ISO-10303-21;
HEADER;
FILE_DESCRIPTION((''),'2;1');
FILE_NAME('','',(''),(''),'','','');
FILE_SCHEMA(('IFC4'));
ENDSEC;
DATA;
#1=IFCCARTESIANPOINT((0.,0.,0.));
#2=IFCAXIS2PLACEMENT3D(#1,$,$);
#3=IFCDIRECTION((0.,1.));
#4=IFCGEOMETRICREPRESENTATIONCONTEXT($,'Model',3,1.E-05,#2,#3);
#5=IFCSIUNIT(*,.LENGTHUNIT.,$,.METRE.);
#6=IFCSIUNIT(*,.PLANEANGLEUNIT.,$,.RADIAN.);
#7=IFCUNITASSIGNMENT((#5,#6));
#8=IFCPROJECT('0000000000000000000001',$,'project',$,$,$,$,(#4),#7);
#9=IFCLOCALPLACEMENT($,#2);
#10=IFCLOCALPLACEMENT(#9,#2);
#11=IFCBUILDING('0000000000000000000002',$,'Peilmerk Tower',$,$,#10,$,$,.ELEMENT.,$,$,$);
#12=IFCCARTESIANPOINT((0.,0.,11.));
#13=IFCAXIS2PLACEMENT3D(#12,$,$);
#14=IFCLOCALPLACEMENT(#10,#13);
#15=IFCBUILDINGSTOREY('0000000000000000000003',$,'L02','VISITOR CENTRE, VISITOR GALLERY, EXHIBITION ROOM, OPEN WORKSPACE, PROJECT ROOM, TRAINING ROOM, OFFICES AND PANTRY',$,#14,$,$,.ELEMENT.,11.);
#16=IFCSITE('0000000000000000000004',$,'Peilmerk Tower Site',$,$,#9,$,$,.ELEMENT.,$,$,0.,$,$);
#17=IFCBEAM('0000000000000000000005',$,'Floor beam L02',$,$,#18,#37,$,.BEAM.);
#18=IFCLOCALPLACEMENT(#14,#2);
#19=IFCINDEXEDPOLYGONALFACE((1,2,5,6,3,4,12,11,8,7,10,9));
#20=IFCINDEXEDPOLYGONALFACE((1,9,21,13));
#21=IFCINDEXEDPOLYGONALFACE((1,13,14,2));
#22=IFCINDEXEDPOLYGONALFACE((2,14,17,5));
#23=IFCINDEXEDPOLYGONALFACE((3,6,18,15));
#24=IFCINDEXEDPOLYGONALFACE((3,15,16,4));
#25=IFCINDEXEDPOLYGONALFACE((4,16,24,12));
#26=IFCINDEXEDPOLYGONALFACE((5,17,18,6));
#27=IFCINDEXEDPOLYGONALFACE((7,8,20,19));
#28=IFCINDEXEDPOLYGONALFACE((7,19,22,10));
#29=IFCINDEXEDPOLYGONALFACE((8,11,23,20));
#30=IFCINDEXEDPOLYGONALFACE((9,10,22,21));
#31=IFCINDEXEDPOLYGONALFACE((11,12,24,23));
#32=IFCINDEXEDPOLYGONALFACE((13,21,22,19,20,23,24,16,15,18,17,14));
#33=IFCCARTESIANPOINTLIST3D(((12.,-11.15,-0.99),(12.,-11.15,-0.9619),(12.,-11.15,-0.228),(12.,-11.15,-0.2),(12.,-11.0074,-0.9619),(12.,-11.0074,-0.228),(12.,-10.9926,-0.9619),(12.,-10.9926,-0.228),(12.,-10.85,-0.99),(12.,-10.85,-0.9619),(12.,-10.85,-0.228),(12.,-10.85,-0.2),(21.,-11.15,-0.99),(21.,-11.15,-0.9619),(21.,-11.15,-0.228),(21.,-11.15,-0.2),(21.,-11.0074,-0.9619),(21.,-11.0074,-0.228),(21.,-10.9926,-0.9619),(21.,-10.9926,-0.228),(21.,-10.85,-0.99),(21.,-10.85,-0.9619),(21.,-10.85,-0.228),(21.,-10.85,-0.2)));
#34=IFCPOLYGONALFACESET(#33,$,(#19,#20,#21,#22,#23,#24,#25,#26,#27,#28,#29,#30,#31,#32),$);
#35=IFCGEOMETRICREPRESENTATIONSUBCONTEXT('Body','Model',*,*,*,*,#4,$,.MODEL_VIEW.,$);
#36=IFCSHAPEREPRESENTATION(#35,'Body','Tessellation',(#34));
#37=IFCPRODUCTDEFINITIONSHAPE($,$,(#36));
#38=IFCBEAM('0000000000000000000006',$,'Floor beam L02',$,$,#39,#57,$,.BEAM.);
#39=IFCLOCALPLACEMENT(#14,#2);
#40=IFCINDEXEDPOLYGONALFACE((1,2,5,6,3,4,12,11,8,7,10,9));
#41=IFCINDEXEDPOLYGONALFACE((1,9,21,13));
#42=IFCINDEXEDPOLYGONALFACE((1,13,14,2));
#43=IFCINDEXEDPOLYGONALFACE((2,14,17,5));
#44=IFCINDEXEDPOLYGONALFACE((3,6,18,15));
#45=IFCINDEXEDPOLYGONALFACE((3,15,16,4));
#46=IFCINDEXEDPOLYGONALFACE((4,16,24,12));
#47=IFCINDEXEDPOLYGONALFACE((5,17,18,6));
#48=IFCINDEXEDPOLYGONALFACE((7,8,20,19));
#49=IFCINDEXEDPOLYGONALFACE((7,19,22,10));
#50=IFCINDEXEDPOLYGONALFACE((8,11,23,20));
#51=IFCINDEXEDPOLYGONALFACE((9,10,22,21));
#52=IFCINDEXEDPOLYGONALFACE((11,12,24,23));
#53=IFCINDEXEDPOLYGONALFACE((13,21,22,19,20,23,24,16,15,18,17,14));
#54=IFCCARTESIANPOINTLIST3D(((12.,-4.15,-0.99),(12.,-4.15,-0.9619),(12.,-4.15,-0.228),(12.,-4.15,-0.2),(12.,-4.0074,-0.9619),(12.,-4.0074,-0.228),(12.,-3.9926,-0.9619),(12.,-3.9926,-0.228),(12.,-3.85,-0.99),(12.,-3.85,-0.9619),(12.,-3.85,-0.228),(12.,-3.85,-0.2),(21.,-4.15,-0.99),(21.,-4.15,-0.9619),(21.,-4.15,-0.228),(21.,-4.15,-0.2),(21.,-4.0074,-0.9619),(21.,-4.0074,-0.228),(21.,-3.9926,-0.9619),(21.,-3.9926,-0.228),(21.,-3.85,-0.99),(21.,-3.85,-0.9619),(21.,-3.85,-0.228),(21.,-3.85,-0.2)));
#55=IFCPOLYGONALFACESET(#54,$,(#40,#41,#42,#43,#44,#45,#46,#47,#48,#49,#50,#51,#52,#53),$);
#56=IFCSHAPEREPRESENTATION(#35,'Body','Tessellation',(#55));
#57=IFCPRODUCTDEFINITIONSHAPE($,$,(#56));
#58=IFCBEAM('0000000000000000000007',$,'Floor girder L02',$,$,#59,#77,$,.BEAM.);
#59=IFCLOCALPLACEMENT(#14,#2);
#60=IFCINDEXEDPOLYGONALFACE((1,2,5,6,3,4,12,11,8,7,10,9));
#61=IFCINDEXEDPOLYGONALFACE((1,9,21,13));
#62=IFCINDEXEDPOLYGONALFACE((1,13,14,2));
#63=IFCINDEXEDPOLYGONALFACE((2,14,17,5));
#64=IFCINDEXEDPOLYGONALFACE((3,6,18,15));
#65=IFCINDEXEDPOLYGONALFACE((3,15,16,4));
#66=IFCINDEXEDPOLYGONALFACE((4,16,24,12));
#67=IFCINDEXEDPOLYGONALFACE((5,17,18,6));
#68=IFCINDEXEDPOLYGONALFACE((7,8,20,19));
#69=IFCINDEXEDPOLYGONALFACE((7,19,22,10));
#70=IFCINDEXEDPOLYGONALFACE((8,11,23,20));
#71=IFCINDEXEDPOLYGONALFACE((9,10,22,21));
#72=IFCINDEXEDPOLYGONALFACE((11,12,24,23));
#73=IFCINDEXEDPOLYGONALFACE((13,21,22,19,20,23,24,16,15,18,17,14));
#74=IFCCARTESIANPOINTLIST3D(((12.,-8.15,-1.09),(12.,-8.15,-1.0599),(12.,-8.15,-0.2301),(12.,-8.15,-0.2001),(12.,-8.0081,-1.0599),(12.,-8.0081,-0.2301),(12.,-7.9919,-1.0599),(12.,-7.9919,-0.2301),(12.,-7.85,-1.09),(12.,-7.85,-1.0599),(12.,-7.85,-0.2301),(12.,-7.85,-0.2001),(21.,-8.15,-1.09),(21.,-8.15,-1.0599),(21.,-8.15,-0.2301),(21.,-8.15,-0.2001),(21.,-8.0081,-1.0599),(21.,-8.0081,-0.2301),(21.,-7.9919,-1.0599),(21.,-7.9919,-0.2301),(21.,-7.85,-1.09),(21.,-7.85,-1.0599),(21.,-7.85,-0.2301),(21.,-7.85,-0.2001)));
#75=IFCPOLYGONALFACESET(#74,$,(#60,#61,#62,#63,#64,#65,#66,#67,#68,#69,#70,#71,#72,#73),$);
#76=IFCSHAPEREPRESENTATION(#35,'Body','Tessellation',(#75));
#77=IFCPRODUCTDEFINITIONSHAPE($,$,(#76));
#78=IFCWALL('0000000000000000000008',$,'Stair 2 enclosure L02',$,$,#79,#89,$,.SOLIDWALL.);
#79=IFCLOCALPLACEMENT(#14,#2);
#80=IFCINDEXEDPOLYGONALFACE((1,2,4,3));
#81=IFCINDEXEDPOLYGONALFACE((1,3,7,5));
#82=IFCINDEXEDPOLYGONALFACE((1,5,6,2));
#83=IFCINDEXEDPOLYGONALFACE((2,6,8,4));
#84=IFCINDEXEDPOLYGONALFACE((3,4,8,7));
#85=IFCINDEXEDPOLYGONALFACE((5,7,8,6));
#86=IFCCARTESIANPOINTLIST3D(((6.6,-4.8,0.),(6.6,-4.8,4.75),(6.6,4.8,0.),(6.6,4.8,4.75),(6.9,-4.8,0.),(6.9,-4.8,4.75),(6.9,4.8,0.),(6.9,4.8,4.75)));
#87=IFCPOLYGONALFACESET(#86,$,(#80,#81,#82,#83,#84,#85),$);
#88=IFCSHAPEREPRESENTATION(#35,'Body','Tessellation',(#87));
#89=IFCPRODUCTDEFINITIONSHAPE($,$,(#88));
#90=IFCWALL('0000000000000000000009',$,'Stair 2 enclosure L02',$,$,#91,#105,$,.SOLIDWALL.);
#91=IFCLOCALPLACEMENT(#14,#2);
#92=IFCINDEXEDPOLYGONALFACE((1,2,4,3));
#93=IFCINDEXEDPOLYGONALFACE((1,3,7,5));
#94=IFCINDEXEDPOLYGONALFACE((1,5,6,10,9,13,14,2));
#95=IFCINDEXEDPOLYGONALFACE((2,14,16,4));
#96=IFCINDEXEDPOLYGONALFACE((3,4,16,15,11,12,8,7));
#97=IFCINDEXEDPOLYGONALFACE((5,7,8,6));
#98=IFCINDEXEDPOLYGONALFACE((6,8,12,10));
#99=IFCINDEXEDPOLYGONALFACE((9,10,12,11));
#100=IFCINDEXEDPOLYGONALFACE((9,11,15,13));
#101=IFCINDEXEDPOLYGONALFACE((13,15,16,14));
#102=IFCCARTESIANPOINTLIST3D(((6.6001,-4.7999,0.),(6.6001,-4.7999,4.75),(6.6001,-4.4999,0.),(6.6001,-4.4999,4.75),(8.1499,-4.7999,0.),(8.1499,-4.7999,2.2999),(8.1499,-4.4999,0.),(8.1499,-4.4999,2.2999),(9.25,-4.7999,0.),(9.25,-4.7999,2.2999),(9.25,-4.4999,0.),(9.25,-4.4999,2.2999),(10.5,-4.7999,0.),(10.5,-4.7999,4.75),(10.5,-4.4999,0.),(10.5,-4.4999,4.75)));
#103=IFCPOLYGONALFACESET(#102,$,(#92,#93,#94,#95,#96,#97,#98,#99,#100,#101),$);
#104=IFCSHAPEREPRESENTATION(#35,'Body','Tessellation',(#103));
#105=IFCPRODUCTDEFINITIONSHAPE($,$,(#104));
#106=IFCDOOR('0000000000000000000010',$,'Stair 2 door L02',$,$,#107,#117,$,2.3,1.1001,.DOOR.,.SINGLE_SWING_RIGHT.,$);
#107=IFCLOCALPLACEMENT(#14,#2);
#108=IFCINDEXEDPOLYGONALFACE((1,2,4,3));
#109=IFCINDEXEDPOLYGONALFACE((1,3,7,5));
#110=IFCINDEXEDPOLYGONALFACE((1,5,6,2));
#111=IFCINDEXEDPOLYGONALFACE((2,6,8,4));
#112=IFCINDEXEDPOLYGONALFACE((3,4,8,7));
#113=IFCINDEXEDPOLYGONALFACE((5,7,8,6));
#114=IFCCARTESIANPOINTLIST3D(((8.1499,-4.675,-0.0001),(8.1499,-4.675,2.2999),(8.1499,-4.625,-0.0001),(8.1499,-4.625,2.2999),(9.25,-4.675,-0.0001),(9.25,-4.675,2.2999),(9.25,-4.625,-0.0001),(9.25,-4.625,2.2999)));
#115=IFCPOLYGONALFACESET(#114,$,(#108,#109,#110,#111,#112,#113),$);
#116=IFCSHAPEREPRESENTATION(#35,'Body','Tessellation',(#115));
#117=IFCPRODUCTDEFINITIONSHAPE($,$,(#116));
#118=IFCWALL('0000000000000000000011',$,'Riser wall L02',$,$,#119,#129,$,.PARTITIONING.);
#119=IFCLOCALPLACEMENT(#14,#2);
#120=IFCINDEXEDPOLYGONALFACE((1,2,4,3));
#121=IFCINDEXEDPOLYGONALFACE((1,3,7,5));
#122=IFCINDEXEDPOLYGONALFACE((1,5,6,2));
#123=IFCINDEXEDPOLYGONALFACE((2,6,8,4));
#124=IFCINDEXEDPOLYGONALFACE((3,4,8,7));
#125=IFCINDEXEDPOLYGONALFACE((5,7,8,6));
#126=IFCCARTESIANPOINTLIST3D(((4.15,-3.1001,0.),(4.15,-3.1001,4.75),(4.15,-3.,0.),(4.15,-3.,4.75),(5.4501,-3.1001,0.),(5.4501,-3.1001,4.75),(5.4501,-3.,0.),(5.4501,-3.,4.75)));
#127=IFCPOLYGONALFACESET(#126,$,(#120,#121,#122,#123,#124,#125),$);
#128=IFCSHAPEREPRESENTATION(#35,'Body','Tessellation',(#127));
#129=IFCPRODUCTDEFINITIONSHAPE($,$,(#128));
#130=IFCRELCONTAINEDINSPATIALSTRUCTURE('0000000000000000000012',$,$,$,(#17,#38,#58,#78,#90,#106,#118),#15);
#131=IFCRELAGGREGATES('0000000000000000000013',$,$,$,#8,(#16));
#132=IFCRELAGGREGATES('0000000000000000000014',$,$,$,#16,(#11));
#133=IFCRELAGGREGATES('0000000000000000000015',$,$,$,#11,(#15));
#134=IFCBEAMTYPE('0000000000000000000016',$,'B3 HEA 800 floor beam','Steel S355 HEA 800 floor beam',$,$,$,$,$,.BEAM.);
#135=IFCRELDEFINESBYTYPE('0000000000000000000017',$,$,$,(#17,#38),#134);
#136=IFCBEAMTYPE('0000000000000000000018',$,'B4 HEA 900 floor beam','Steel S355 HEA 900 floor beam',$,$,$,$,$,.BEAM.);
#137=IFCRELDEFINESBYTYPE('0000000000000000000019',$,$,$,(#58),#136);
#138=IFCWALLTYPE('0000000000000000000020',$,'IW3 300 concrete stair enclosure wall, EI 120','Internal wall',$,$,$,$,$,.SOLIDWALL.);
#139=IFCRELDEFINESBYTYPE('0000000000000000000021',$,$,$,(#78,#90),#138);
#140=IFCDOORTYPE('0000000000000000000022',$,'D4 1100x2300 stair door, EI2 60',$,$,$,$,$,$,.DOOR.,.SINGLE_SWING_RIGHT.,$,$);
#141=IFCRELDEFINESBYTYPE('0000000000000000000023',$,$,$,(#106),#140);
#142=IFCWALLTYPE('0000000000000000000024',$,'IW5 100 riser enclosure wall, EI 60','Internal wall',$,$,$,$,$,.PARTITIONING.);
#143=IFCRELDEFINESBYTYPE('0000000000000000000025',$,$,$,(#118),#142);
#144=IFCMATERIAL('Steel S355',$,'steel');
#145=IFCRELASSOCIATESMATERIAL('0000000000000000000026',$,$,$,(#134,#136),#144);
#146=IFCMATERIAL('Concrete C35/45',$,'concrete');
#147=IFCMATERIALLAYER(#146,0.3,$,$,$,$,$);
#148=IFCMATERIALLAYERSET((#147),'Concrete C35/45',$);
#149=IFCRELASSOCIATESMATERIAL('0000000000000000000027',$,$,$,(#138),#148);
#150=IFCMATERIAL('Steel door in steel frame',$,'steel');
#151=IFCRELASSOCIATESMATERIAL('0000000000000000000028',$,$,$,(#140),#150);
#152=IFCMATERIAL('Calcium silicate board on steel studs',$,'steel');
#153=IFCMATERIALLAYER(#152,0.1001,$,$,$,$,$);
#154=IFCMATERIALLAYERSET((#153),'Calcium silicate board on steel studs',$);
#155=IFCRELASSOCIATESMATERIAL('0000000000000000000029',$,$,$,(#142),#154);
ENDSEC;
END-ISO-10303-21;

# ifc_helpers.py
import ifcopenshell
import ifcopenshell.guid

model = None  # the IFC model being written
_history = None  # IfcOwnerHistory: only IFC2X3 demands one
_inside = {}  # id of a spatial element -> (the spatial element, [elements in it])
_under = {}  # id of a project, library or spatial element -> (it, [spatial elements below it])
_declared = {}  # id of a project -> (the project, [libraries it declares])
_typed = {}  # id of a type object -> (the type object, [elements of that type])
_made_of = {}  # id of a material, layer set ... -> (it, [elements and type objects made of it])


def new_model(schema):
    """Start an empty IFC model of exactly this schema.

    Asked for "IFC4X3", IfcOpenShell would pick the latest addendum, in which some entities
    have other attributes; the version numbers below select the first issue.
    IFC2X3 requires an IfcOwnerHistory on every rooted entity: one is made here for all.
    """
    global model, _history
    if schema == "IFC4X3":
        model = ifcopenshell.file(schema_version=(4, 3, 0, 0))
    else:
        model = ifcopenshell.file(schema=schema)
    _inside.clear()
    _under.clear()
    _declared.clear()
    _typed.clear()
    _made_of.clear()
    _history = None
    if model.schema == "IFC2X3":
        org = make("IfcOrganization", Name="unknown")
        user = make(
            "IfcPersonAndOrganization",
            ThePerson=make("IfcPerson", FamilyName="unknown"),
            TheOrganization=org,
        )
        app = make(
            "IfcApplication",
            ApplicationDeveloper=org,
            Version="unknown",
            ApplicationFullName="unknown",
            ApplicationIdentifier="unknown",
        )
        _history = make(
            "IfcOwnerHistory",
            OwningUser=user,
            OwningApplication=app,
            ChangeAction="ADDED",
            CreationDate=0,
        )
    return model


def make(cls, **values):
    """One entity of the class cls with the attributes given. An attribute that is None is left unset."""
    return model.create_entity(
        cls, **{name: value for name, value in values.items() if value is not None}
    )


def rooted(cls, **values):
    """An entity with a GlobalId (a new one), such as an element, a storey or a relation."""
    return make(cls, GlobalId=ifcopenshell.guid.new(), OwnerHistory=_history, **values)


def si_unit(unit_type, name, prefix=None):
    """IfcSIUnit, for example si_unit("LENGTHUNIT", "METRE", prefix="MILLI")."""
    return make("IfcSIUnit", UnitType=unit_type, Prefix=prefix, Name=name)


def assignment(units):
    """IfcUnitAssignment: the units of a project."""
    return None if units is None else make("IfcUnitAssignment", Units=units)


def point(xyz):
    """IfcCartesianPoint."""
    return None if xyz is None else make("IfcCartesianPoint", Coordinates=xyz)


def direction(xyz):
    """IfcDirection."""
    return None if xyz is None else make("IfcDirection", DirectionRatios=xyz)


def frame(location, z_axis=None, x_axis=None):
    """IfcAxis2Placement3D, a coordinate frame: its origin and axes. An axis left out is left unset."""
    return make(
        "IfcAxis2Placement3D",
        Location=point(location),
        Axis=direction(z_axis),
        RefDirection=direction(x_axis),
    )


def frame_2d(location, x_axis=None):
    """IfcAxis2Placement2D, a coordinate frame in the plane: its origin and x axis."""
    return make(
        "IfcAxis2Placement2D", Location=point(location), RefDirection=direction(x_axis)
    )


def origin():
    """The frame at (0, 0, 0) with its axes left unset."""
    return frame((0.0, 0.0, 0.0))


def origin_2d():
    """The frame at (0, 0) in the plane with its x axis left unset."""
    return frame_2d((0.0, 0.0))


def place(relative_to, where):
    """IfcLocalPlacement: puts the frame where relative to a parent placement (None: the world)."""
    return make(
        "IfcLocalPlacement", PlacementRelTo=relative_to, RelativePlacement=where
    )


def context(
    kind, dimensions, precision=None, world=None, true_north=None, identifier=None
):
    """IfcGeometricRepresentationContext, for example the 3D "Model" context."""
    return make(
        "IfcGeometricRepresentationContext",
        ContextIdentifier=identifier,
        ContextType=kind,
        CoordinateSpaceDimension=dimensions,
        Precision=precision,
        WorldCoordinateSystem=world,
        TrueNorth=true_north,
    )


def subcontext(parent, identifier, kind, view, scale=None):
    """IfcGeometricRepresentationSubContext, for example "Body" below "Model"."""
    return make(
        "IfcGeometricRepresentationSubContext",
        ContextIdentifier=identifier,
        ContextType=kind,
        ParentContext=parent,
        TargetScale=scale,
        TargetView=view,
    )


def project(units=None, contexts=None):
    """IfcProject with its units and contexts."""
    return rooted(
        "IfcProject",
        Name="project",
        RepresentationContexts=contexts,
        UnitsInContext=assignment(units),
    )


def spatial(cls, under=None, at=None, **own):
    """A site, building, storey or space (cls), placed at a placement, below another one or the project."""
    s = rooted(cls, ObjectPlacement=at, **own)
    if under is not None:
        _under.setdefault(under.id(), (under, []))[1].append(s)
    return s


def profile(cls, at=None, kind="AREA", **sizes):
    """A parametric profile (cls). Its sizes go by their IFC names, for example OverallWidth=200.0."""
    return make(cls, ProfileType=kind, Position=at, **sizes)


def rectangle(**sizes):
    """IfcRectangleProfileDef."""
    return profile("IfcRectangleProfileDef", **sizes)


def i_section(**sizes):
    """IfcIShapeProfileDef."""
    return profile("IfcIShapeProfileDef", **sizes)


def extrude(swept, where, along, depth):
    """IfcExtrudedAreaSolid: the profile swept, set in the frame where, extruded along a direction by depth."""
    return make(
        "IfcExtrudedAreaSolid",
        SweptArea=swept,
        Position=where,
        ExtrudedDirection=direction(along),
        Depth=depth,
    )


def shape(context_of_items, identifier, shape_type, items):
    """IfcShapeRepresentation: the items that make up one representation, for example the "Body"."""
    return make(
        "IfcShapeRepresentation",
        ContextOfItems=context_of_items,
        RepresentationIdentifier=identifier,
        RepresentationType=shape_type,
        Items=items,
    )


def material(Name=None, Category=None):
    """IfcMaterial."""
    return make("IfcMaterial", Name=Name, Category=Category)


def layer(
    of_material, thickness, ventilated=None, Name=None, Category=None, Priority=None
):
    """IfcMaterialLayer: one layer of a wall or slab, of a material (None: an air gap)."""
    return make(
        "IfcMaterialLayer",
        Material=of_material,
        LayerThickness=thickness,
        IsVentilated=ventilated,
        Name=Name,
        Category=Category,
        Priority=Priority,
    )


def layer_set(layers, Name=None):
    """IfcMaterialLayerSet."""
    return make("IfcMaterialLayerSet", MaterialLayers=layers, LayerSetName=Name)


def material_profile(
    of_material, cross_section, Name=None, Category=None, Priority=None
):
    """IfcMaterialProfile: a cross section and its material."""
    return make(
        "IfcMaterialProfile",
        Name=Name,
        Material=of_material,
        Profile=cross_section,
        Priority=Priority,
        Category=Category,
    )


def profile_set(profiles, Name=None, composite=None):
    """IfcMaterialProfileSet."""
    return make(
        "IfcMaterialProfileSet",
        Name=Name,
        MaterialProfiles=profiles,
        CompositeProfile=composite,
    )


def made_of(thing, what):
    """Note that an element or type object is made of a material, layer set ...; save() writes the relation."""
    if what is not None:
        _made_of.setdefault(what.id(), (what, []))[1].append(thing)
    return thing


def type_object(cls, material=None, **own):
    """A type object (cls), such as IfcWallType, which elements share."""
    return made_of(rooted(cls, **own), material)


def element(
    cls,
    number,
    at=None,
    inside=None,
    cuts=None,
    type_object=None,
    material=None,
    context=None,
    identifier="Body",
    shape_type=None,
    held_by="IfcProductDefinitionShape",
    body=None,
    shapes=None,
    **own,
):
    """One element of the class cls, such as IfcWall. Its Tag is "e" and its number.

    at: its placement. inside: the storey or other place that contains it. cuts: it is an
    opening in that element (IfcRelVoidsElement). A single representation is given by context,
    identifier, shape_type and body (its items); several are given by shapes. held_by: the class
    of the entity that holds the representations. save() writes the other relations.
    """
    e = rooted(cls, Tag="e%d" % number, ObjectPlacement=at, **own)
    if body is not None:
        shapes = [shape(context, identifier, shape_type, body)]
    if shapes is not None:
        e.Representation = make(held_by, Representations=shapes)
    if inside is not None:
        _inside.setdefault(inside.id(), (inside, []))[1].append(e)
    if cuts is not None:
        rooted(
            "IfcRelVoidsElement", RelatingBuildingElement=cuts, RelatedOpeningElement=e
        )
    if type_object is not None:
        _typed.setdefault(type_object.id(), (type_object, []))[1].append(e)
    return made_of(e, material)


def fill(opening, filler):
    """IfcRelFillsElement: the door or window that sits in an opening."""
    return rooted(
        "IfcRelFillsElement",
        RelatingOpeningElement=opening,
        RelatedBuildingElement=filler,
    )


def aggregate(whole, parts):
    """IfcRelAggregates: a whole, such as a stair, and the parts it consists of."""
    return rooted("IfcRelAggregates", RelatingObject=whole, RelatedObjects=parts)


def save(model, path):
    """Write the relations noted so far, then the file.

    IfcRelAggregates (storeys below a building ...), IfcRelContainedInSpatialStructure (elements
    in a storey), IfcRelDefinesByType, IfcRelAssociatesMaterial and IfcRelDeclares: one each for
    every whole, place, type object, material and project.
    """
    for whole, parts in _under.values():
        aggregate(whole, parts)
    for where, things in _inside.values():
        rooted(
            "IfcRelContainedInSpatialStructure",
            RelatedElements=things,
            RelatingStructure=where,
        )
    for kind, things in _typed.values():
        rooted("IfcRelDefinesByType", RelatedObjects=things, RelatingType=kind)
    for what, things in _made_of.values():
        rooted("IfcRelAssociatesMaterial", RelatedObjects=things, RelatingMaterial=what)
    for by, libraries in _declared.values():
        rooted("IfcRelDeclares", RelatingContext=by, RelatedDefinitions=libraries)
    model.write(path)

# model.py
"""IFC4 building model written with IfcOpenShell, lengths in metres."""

from ifc_helpers import new_model, si_unit, direction, frame, frame_2d, origin, origin_2d, place, context, subcontext, project, spatial, rectangle, i_section, extrude, material, layer, layer_set, material_profile, profile_set, type_object, element, fill, save


model = new_model("IFC4")

# Units and contexts
model_context = context("Model", 3, precision=1e-05, world=origin(), true_north=direction((0.0, 1.0)))
body_context = subcontext(model_context, "Body", "Model", "MODEL_VIEW")
ifc_project = project(units=[si_unit("LENGTHUNIT", "METRE"), si_unit("PLANEANGLEUNIT", "RADIAN")], contexts=[model_context])

# Site, building, storey
site_placement = place(None, origin())
site = spatial("IfcSite", under=ifc_project, at=site_placement, Name="Peilmerk Tower Site", CompositionType="ELEMENT", RefElevation=0.0)
building_placement = place(site_placement, origin())
building = spatial("IfcBuilding", under=site, at=building_placement, Name="Peilmerk Tower", CompositionType="ELEMENT")
storey_placement = place(building_placement, frame((0.0, 0.0, 11.0)))
storey = spatial("IfcBuildingStorey", under=building, at=storey_placement, Name="L02", Description="VISITOR CENTRE, VISITOR GALLERY, EXHIBITION ROOM, OPEN WORKSPACE, PROJECT ROOM, TRAINING ROOM, OFFICES AND PANTRY", CompositionType="ELEMENT", Elevation=11.0)

# Beams
ifc_material_1 = material(Name="Steel S355", Category="steel")
ifc_material_profile_1 = material_profile(ifc_material_1, i_section(OverallWidth=0.3, OverallDepth=0.79, WebThickness=0.0149, FlangeThickness=0.0281, at=origin_2d()), Name="HEA 800")
ifc_profile_set_1 = profile_set([ifc_material_profile_1], Name="Steel S355")
beam_type_1 = type_object("IfcBeamType", Name="B3 HEA 800 floor beam", Description="Steel S355 HEA 800 floor beam", PredefinedType="BEAM", material=ifc_profile_set_1)
for number, where, z_axis, x_axis, name in (
    (1, (12.0, -11.0, -0.595), (1.0, 0.0, 0.0), (0.0, 1.0, 0.0), "Floor beam L02"),
    (2, (12.0, -4.0, -0.595), (1.0, 0.0, 0.0), (0.0, 1.0, 0.0), "Floor beam L02"),
):
    element("IfcBeam", number, at=place(storey_placement, frame(where, z_axis=z_axis, x_axis=x_axis)), inside=storey, type_object=beam_type_1, Name=name, PredefinedType="BEAM", context=body_context, shape_type="SweptSolid", body=[
        extrude(i_section(OverallWidth=0.3, OverallDepth=0.79, WebThickness=0.0149, FlangeThickness=0.0281, at=origin_2d()), origin(), (0.0, 0.0, 1.0), 9.0),
    ])
ifc_material_profile_2 = material_profile(ifc_material_1, i_section(OverallWidth=0.3, OverallDepth=0.8899, WebThickness=0.0161, FlangeThickness=0.03, at=origin_2d()), Name="HEA 900")
ifc_profile_set_2 = profile_set([ifc_material_profile_2], Name="Steel S355")
beam_type_2 = type_object("IfcBeamType", Name="B4 HEA 900 floor beam", Description="Steel S355 HEA 900 floor beam", PredefinedType="BEAM", material=ifc_profile_set_2)
beam_placement = place(storey_placement, frame((12.0, -8.0, -0.645), z_axis=(1.0, 0.0, 0.0), x_axis=(0.0, 1.0, 0.0)))
element("IfcBeam", 3, at=beam_placement, inside=storey, type_object=beam_type_2, Name="Floor girder L02", PredefinedType="BEAM", context=body_context, shape_type="SweptSolid", body=[
    extrude(i_section(OverallWidth=0.3, OverallDepth=0.8899, WebThickness=0.0161, FlangeThickness=0.03, at=origin_2d()), origin(), (0.0, 0.0, 1.0), 9.0),
])

# Wall
ifc_material_2 = material(Name="Concrete C35/45", Category="concrete")
ifc_layer_1 = layer(ifc_material_2, 0.3)
ifc_layer_set_1 = layer_set([ifc_layer_1], Name="Concrete C35/45")
wall_type_1 = type_object("IfcWallType", Name="IW3 300 concrete stair enclosure wall, EI 120", Description="Internal wall", PredefinedType="SOLIDWALL", material=ifc_layer_set_1)
wall_1_placement = place(storey_placement, frame((6.75, -4.8, 0.0), z_axis=(0.0, 0.0, 1.0), x_axis=(0.0, 1.0, 0.0)))
element("IfcWall", 4, at=wall_1_placement, inside=storey, type_object=wall_type_1, Name="Stair 2 enclosure L02", PredefinedType="SOLIDWALL", context=body_context, shape_type="SweptSolid", body=[
    extrude(rectangle(XDim=9.6001, YDim=0.3, at=frame_2d((4.8, 0.0))), origin(), (0.0, 0.0, 1.0), 4.75),
])

# Wall, opening, door
wall_2_placement = place(storey_placement, frame((10.5, -4.6499, 0.0), z_axis=(0.0, 0.0, 1.0), x_axis=(-1.0, 0.0, 0.0)))
wall_2 = element("IfcWall", 5, at=wall_2_placement, inside=storey, type_object=wall_type_1, Name="Stair 2 enclosure L02", PredefinedType="SOLIDWALL", context=body_context, shape_type="SweptSolid", body=[
    extrude(rectangle(XDim=3.8999, YDim=0.3, at=frame_2d((1.95, 0.0))), origin(), (0.0, 0.0, 1.0), 4.75),
])
opening_1_placement = place(wall_2_placement, frame((1.25, 0.0, 0.0)))
opening_1 = element("IfcOpeningElement", 6, at=opening_1_placement, cuts=wall_2, PredefinedType="OPENING", context=body_context, shape_type="SweptSolid", body=[
    extrude(rectangle(XDim=1.1001, YDim=2.3, at=frame_2d((0.55, 1.1499))), frame((0.0, 0.1599, 0.0), z_axis=(0.0, -1.0, 0.0), x_axis=(1.0, 0.0, 0.0)), (0.0, 0.0, 1.0), 0.3201),
])
ifc_material_3 = material(Name="Steel door in steel frame", Category="steel")
door_type_1 = type_object("IfcDoorType", Name="D4 1100x2300 stair door, EI2 60", OperationType="SINGLE_SWING_RIGHT", PredefinedType="DOOR", material=ifc_material_3)
door_1_placement = place(opening_1_placement, frame((1.1001, 0.0, 0.0), z_axis=(0.0, 0.0, 1.0), x_axis=(-1.0, 0.0, 0.0)))
door_1 = element("IfcDoor", 7, at=door_1_placement, inside=storey, type_object=door_type_1, Name="Stair 2 door L02", OperationType="SINGLE_SWING_RIGHT", OverallHeight=2.3, OverallWidth=1.1001, PredefinedType="DOOR", context=body_context, shape_type="SweptSolid", body=[
    extrude(rectangle(XDim=1.1001, YDim=2.3, at=frame_2d((0.55, 1.1499))), frame((0.0, 0.0249, 0.0), z_axis=(0.0, -1.0, 0.0), x_axis=(1.0, 0.0, 0.0)), (0.0, 0.0, 1.0), 0.05),
])
fill(opening_1, door_1)

# Wall
ifc_material_4 = material(Name="Calcium silicate board on steel studs", Category="steel")
ifc_layer_2 = layer(ifc_material_4, 0.1001)
ifc_layer_set_2 = layer_set([ifc_layer_2], Name="Calcium silicate board on steel studs")
wall_type_2 = type_object("IfcWallType", Name="IW5 100 riser enclosure wall, EI 60", Description="Internal wall", PredefinedType="PARTITIONING", material=ifc_layer_set_2)
wall_3_placement = place(storey_placement, frame((5.45, -3.05, 0.0), z_axis=(0.0, 0.0, 1.0), x_axis=(-1.0, 0.0, 0.0)))
element("IfcWall", 8, at=wall_3_placement, inside=storey, type_object=wall_type_2, Name="Riser wall L02", PredefinedType="PARTITIONING", context=body_context, shape_type="SweptSolid", body=[
    extrude(rectangle(XDim=1.3, YDim=0.1001, at=frame_2d((0.6499, 0.0))), origin(), (0.0, 0.0, 1.0), 4.75),
])

save(model, "model.ifc")
